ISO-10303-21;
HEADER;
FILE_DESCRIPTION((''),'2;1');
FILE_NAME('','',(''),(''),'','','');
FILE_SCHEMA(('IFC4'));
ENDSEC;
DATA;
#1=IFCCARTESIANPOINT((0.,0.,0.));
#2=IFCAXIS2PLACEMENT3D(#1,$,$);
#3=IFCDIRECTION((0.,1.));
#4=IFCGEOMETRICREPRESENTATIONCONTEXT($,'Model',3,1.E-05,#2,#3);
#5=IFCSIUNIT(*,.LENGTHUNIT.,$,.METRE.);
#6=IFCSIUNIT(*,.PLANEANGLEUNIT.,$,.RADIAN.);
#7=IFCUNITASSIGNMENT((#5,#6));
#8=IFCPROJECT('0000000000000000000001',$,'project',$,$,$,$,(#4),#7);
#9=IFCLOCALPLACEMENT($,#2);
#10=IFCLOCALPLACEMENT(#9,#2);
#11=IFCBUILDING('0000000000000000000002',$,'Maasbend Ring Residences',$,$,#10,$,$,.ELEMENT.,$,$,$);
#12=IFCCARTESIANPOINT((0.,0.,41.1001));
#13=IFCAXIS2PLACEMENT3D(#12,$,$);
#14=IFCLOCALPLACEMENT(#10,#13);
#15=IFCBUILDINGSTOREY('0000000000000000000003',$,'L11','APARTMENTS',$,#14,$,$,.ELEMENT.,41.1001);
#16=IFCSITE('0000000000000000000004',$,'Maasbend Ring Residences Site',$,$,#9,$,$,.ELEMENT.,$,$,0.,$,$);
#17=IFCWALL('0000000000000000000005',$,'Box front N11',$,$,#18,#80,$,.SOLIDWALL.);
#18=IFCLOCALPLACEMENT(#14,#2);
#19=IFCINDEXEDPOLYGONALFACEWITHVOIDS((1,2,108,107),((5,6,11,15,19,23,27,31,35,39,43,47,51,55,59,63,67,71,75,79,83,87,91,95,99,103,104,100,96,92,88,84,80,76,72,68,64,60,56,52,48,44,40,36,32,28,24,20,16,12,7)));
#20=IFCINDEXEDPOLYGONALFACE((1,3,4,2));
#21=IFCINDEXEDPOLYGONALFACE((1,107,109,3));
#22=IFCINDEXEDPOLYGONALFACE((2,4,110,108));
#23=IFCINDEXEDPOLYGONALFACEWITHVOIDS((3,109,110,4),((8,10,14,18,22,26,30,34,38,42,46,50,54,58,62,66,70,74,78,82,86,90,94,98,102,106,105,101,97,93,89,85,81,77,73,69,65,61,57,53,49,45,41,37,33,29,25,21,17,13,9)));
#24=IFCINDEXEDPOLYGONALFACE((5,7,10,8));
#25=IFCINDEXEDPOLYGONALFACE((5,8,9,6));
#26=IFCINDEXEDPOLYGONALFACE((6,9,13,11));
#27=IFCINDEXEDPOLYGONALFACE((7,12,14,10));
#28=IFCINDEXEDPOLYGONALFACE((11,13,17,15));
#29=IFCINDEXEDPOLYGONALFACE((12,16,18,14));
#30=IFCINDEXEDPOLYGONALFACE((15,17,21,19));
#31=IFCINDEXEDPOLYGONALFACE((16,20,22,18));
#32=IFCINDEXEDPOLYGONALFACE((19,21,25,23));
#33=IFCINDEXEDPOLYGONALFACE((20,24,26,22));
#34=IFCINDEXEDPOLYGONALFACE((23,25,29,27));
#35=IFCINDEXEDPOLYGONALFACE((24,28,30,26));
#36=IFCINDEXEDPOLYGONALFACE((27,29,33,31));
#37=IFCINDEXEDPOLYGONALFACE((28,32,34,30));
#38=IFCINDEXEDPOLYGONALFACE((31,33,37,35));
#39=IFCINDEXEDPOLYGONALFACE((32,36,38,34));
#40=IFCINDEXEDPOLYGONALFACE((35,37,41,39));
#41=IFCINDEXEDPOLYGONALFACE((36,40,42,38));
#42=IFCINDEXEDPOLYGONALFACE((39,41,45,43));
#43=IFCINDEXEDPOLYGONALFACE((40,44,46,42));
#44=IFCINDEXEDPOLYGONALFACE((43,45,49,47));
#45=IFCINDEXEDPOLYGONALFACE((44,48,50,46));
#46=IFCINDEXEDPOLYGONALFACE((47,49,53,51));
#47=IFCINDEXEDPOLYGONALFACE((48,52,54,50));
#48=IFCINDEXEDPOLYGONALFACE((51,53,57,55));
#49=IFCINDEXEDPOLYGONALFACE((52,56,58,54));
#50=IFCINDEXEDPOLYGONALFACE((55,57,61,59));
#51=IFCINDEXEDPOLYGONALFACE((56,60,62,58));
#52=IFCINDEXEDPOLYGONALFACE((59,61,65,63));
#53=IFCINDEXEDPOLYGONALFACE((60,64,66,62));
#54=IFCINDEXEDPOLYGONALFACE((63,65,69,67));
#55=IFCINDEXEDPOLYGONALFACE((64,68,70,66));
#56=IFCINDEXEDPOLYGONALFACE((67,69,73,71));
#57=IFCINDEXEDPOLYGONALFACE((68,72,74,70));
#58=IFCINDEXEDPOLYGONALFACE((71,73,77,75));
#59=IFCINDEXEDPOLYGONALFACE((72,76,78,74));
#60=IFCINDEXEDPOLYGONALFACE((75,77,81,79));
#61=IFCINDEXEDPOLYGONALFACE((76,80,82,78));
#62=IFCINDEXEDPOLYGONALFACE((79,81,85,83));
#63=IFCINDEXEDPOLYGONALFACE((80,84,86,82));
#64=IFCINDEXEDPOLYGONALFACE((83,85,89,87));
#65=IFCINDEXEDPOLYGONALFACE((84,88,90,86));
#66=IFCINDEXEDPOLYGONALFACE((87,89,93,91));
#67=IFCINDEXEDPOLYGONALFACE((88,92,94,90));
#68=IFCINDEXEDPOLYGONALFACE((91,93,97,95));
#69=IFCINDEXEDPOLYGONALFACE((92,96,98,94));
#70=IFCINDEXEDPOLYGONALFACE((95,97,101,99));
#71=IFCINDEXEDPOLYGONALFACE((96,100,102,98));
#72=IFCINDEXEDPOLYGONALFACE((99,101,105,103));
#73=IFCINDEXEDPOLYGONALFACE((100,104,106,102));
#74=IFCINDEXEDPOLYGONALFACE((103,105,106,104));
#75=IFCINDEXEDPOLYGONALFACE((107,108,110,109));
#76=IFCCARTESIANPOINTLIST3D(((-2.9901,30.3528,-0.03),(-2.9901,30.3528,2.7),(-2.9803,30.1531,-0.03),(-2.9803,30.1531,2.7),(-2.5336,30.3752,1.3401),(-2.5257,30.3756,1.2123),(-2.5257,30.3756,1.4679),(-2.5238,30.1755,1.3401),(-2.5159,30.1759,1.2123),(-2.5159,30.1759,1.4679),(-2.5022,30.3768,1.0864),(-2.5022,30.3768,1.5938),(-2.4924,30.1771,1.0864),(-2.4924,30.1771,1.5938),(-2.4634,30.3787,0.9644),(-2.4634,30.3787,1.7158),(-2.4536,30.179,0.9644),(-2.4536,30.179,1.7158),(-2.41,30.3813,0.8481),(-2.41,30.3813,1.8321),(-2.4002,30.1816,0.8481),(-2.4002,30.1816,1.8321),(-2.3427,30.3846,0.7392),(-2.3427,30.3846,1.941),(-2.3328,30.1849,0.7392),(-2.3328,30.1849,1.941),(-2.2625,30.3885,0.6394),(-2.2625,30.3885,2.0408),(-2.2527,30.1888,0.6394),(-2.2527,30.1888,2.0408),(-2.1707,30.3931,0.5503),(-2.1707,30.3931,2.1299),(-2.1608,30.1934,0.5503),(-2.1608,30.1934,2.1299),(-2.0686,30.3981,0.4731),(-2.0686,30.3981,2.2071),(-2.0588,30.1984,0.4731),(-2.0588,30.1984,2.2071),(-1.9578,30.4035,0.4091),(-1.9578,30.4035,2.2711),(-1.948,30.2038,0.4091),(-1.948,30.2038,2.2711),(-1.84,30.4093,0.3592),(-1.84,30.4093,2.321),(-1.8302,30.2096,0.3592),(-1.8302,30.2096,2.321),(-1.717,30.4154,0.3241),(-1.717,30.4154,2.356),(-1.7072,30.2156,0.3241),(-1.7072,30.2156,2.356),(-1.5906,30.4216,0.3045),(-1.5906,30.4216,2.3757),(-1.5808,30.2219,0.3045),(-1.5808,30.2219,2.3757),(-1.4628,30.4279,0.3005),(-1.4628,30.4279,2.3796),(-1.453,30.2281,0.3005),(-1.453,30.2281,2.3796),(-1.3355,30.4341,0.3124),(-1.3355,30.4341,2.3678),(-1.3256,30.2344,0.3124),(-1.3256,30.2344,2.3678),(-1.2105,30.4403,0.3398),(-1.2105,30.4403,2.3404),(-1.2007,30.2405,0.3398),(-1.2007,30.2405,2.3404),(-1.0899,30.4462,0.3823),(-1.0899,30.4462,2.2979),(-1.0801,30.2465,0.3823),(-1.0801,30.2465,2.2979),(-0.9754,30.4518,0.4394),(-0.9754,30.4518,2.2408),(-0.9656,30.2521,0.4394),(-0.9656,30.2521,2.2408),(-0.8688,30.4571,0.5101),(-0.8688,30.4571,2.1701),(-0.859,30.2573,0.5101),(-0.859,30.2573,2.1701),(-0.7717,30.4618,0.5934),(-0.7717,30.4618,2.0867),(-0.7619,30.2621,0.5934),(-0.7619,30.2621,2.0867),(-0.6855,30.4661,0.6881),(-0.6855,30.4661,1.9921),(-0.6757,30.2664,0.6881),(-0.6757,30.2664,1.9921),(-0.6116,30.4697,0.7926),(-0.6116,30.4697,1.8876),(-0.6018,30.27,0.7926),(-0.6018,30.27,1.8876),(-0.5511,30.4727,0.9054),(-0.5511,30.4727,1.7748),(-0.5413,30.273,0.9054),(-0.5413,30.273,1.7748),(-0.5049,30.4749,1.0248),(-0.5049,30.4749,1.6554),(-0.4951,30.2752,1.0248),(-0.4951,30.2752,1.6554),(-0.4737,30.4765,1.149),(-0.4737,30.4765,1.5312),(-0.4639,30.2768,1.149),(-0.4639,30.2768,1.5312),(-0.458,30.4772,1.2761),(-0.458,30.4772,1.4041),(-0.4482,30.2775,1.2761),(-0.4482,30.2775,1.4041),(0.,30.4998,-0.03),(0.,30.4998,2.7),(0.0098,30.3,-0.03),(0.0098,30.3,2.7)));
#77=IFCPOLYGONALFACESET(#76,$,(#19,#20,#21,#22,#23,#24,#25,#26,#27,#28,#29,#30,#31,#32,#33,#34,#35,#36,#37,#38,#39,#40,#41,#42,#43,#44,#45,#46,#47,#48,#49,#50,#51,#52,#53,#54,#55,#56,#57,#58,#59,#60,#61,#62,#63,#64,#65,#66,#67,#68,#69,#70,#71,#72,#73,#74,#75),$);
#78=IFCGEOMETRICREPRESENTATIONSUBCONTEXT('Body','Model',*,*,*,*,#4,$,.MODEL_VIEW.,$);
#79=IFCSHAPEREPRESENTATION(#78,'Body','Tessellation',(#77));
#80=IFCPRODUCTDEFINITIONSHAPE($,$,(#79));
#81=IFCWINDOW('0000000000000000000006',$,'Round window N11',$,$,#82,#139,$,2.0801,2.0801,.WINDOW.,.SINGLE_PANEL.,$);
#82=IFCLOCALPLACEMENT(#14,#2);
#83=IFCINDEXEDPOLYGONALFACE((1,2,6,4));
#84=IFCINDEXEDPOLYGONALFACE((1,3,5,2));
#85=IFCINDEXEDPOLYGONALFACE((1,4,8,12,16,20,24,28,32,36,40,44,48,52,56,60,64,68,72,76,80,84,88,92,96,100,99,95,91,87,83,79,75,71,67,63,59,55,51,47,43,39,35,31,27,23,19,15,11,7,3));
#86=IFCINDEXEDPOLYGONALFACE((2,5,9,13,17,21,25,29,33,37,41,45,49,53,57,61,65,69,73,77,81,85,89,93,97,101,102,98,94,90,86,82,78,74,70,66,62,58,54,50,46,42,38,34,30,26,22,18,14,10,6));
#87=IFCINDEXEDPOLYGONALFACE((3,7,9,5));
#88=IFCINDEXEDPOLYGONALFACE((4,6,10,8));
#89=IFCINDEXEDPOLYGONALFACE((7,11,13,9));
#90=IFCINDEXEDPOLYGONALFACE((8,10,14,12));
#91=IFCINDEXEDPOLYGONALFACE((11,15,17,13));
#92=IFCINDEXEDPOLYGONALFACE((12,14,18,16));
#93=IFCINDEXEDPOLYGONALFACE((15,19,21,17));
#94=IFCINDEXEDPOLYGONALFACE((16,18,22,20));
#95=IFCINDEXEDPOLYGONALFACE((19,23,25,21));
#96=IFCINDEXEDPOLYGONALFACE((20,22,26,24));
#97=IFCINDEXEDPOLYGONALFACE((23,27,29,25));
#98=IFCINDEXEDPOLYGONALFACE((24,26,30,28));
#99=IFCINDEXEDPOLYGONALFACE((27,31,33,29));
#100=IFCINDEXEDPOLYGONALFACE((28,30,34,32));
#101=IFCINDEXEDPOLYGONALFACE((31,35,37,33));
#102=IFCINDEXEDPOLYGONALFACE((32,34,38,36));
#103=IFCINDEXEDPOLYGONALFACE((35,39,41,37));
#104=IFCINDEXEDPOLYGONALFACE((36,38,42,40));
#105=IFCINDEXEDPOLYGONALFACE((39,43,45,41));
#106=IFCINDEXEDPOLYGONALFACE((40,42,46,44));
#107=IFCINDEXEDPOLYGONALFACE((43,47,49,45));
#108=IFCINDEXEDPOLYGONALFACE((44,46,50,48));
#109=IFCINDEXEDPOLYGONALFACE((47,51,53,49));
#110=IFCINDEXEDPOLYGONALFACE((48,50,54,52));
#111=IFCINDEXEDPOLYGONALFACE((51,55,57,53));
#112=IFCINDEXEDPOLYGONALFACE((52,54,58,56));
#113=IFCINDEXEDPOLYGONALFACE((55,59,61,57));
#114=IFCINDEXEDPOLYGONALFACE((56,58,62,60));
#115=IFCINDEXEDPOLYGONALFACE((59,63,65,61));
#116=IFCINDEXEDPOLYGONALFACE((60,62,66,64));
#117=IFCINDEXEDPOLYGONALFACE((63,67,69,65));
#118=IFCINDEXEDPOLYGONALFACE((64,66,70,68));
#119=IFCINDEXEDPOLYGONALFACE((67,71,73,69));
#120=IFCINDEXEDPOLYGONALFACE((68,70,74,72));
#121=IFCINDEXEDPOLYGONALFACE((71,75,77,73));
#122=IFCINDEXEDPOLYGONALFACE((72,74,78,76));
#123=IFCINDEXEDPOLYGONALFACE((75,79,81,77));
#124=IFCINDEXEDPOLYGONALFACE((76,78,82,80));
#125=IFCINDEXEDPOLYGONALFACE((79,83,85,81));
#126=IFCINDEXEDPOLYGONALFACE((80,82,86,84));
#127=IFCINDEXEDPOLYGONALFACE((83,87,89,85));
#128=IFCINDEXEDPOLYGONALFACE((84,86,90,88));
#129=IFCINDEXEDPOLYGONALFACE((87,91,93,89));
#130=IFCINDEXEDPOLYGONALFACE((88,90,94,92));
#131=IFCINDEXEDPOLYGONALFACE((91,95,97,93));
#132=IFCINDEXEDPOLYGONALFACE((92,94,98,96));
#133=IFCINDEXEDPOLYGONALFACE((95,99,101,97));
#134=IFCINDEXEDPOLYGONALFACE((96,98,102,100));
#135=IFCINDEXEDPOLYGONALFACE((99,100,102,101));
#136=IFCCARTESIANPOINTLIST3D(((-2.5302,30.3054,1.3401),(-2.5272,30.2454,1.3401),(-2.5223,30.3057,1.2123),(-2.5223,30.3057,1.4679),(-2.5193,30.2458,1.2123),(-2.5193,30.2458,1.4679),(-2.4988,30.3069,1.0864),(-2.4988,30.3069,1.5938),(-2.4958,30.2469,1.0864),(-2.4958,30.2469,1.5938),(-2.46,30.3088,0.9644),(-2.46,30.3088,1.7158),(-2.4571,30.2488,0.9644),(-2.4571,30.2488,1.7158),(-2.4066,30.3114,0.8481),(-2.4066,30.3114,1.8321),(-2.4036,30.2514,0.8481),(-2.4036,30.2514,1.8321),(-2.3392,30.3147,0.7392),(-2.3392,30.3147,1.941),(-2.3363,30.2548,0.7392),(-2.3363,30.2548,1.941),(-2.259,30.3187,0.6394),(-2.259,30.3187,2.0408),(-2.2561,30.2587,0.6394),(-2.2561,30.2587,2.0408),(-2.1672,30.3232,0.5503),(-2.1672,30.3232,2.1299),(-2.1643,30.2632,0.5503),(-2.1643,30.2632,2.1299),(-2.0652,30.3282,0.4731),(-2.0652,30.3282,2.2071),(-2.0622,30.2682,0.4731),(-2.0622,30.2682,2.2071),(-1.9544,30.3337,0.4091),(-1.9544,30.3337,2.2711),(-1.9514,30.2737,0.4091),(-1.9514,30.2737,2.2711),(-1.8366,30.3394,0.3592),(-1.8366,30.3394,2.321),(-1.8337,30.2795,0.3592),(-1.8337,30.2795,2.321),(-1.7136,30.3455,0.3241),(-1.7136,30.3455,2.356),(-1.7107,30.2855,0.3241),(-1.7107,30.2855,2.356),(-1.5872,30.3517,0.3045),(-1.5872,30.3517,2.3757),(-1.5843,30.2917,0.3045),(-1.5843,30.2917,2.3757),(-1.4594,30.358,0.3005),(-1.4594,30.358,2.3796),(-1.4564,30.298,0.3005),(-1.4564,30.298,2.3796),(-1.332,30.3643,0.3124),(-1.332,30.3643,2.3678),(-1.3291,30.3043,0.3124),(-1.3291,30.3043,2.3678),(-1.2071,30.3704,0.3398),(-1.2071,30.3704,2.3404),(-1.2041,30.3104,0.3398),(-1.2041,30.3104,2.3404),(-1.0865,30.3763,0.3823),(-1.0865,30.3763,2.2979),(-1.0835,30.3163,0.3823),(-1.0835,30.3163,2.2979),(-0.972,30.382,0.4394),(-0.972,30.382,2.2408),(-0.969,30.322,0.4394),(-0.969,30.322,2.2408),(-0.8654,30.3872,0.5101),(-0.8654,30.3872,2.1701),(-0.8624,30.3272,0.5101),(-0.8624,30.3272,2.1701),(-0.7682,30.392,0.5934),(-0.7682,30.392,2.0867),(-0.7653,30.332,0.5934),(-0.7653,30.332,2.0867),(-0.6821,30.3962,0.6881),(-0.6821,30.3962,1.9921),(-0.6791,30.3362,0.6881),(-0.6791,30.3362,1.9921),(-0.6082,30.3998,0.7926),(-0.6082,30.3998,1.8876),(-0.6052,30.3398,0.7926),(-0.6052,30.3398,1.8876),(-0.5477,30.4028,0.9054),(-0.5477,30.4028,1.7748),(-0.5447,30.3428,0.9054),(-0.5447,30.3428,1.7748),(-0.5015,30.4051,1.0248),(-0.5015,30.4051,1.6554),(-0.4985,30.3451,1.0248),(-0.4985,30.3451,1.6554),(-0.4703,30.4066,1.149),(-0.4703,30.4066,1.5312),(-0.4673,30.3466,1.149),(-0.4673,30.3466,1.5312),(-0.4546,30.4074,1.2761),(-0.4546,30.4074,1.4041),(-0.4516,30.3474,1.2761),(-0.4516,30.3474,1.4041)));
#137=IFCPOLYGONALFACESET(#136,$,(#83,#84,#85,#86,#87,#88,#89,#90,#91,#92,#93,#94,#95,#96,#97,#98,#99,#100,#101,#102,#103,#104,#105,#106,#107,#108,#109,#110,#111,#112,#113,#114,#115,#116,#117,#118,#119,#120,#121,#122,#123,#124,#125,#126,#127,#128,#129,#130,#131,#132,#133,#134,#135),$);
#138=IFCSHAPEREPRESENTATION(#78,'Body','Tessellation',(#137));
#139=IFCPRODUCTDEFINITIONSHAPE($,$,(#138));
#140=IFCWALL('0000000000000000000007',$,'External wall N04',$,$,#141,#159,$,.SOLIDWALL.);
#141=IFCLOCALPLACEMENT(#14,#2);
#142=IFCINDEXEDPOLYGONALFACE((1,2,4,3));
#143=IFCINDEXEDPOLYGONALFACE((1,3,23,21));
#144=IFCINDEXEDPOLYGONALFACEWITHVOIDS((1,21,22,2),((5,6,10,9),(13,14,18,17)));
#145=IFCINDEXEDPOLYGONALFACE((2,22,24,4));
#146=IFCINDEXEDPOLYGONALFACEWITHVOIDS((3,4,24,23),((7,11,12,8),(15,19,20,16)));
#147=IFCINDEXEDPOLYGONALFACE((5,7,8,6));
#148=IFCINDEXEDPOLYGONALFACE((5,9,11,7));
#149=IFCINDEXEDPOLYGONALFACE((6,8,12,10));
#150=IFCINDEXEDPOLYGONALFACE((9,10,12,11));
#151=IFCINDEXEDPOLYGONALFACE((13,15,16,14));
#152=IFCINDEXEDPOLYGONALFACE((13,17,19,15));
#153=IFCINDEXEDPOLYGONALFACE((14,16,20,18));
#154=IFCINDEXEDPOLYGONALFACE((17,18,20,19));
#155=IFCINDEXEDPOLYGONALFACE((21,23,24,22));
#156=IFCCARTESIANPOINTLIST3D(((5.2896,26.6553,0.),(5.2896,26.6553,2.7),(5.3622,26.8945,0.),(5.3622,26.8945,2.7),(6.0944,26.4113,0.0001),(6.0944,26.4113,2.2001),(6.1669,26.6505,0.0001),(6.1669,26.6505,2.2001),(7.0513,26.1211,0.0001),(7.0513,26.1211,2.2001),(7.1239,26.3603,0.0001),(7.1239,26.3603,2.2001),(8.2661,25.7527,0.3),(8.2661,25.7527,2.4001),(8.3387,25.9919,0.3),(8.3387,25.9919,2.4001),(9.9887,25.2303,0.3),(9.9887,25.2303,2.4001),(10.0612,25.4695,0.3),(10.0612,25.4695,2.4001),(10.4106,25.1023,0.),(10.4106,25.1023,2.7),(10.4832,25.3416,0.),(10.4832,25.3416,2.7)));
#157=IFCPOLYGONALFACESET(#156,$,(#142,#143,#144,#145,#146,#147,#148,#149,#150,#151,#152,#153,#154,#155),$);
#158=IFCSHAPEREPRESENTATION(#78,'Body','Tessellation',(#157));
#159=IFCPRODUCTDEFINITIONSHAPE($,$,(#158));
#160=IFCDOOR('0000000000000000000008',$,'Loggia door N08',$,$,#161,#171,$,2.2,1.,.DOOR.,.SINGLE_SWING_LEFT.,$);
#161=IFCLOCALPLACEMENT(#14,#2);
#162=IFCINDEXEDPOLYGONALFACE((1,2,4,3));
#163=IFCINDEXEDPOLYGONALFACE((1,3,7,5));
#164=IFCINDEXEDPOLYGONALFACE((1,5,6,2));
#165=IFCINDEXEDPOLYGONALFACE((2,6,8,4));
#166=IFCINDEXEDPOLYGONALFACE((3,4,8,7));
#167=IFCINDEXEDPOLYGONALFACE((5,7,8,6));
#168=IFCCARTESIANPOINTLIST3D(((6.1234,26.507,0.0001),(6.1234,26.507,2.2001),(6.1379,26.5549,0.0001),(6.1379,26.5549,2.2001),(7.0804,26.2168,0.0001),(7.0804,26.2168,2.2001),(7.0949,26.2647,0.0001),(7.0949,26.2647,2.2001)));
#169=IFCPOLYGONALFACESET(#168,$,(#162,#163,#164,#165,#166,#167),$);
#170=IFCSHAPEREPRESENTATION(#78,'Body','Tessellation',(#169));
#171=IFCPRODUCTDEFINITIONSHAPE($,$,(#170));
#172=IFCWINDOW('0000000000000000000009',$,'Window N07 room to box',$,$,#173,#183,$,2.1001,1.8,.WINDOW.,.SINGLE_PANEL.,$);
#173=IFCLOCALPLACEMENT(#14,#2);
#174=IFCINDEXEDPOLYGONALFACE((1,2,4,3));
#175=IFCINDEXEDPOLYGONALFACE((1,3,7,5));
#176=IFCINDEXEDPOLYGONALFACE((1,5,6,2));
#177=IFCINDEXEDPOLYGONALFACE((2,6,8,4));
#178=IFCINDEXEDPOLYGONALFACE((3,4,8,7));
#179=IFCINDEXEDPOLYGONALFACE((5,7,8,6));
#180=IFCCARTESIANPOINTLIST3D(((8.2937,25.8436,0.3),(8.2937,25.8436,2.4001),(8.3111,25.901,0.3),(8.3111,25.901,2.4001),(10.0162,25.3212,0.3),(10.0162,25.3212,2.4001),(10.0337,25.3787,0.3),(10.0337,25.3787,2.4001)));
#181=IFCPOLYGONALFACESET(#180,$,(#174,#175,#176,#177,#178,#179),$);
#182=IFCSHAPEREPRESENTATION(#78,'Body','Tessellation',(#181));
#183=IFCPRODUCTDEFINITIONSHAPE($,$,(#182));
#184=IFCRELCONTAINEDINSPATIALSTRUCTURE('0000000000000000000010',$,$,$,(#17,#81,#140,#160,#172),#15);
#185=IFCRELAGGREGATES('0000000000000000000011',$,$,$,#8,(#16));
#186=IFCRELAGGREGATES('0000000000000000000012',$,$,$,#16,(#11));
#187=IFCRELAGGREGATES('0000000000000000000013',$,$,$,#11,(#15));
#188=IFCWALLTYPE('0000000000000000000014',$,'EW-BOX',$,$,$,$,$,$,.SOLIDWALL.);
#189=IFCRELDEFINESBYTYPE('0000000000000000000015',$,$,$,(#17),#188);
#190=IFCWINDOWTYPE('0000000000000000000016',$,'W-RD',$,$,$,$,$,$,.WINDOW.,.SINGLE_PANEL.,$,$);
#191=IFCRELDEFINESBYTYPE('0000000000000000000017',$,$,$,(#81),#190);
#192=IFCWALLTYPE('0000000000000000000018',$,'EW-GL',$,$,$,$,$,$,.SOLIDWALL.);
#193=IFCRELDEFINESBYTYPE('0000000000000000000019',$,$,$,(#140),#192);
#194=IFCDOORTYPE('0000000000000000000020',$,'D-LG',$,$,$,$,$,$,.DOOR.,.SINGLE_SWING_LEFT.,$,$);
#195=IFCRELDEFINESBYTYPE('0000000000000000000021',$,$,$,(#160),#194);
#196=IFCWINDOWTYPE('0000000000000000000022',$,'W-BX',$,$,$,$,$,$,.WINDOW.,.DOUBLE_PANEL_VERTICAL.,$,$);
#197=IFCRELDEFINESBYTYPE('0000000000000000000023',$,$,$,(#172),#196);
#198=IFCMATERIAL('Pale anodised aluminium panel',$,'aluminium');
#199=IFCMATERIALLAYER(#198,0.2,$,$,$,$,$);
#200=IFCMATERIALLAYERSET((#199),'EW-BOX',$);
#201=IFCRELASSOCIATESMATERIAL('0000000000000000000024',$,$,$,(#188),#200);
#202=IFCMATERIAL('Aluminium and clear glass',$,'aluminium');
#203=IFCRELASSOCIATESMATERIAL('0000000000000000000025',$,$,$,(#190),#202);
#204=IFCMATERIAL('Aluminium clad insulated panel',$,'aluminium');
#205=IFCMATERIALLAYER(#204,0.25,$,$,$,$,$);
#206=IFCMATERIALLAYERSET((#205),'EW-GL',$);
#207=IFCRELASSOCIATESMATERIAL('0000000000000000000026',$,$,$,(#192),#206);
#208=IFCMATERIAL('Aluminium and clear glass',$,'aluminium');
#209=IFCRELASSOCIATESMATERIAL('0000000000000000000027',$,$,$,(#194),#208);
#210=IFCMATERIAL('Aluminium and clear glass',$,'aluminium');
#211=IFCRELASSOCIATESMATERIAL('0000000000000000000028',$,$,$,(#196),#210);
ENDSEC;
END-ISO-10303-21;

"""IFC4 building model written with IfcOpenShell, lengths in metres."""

from ifc_helpers import new_model, si_unit, direction, frame, frame_2d, origin, place, context, subcontext, project, spatial, rectangle, circle, extrude, material, layer, layer_set, type_object, element, fill, save


model = new_model("IFC4")

# Units and contexts
model_context = context("Model", 3, precision=1e-05, world=origin(), true_north=direction((0.0, 1.0)))
body_context = subcontext(model_context, "Body", "Model", "MODEL_VIEW")
ifc_project = project(units=[si_unit("LENGTHUNIT", "METRE"), si_unit("PLANEANGLEUNIT", "RADIAN")], contexts=[model_context])

# Site, building, storey
site_placement = place(None, origin())
site = spatial("IfcSite", under=ifc_project, at=site_placement, Name="Maasbend Ring Residences Site", CompositionType="ELEMENT", RefElevation=0.0)
building_placement = place(site_placement, origin())
building = spatial("IfcBuilding", under=site, at=building_placement, Name="Maasbend Ring Residences", CompositionType="ELEMENT")
storey_placement = place(building_placement, frame((0.0, 0.0, 41.1001)))
storey = spatial("IfcBuildingStorey", under=building, at=storey_placement, Name="L11", Description="APARTMENTS", CompositionType="ELEMENT", Elevation=41.1001)

# Shared definitions
ifc_material_1 = material(Name="Pale anodised aluminium panel", Category="aluminium")
ifc_layer_1 = layer(ifc_material_1, 0.2)
ifc_layer_set_1 = layer_set([ifc_layer_1], Name="EW-BOX")
wall_type_1 = type_object("IfcWallType", Name="EW-BOX", PredefinedType="SOLIDWALL", material=ifc_layer_set_1)

# Shared definitions
ifc_material_2 = material(Name="Aluminium and clear glass", Category="aluminium")
window_type_1 = type_object("IfcWindowType", Name="W-RD", PartitioningType="SINGLE_PANEL", PredefinedType="WINDOW", material=ifc_material_2)

# Wall, opening, window
wall_1_placement = place(storey_placement, frame((0.0049, 30.3999, -0.03), z_axis=(0.0, 0.0, 1.0), x_axis=(-0.998794, -0.049096, 0.0)))
wall_1 = element("IfcWall", 1, at=wall_1_placement, inside=storey, type_object=wall_type_1, Name="Box front N11", PredefinedType="SOLIDWALL", context=body_context, shape_type="SweptSolid", body=[
    extrude(rectangle(XDim=2.9937, YDim=0.2, at=frame_2d((1.4968, 0.0))), origin(), (0.0, 0.0, 1.0), 2.73),
])
opening_1_placement = place(wall_1_placement, frame((0.4565, 0.0, 0.3301)))
opening_1 = element("IfcOpeningElement", 2, at=opening_1_placement, cuts=wall_1, PredefinedType="OPENING", context=body_context, shape_type="SweptSolid", body=[
    extrude(circle(Radius=1.04, at=frame_2d((1.04, 1.04))), frame((0.0, 0.1099, 0.0), z_axis=(0.0, -1.0, 0.0), x_axis=(1.0, 0.0, 0.0)), (0.0, 0.0, 1.0), 0.22),
])
window_1_placement = place(opening_1_placement, origin())
window_1 = element("IfcWindow", 3, at=window_1_placement, inside=storey, type_object=window_type_1, Name="Round window N11", OverallHeight=2.0801, OverallWidth=2.0801, PartitioningType="SINGLE_PANEL", PredefinedType="WINDOW", context=body_context, shape_type="SweptSolid", body=[
    extrude(circle(Radius=1.04, at=frame_2d((1.04, 1.04))), frame((0.0, 0.03, 0.0), z_axis=(0.0, -1.0, 0.0), x_axis=(1.0, 0.0, 0.0)), (0.0, 0.0, 1.0), 0.0601),
])
fill(opening_1, window_1)

# Wall, openings, door, window
ifc_material_3 = material(Name="Aluminium clad insulated panel", Category="aluminium")
ifc_layer_2 = layer(ifc_material_3, 0.25)
ifc_layer_set_2 = layer_set([ifc_layer_2], Name="EW-GL")
wall_type_2 = type_object("IfcWallType", Name="EW-GL", PredefinedType="SOLIDWALL", material=ifc_layer_set_2)
wall_2_placement = place(storey_placement, frame((10.447, 25.2219, 0.0), z_axis=(0.0, 0.0, 1.0), x_axis=(-0.956966, 0.290201, 0.0)))
wall_2 = element("IfcWall", 4, at=wall_2_placement, inside=storey, type_object=wall_type_2, Name="External wall N04", PredefinedType="SOLIDWALL", context=body_context, shape_type="SweptSolid", body=[
    extrude(rectangle(XDim=5.3513, YDim=0.25, at=frame_2d((2.6758, 0.0))), origin(), (0.0, 0.0, 1.0), 2.7),
])
opening_2_placement = place(wall_2_placement, frame((0.4412, 0.0, 0.3)))
opening_2 = element("IfcOpeningElement", 5, at=opening_2_placement, cuts=wall_2, PredefinedType="OPENING", context=body_context, shape_type="SweptSolid", body=[
    extrude(rectangle(XDim=1.8, YDim=2.1001, at=frame_2d((0.8999, 1.05))), frame((0.0, 0.135, 0.0), z_axis=(0.0, -1.0, 0.0), x_axis=(1.0, 0.0, 0.0)), (0.0, 0.0, 1.0), 0.27),
])
opening_3_placement = place(wall_2_placement, frame((3.5105, 0.0, 0.0)))
opening_3 = element("IfcOpeningElement", 6, at=opening_3_placement, cuts=wall_2, PredefinedType="OPENING", context=body_context, shape_type="SweptSolid", body=[
    extrude(rectangle(XDim=1.0, YDim=2.2, at=frame_2d((0.5, 1.1001))), frame((0.0, 0.135, 0.0), z_axis=(0.0, -1.0, 0.0), x_axis=(1.0, 0.0, 0.0)), (0.0, 0.0, 1.0), 0.27),
])
ifc_material_4 = material(Name="Aluminium and clear glass", Category="aluminium")
door_type_1 = type_object("IfcDoorType", Name="D-LG", OperationType="SINGLE_SWING_LEFT", PredefinedType="DOOR", material=ifc_material_4)
door_1_placement = place(opening_3_placement, origin())
door_1 = element("IfcDoor", 7, at=door_1_placement, inside=storey, type_object=door_type_1, Name="Loggia door N08", OperationType="SINGLE_SWING_LEFT", OverallHeight=2.2, OverallWidth=1.0, PredefinedType="DOOR", context=body_context, shape_type="SweptSolid", body=[
    extrude(rectangle(XDim=1.0, YDim=2.2, at=frame_2d((0.5, 1.1001))), frame((0.0, 0.0249, 0.0), z_axis=(0.0, -1.0, 0.0), x_axis=(1.0, 0.0, 0.0)), (0.0, 0.0, 1.0), 0.05),
])
fill(opening_3, door_1)
ifc_material_5 = material(Name="Aluminium and clear glass", Category="aluminium")
window_type_2 = type_object("IfcWindowType", Name="W-BX", PartitioningType="DOUBLE_PANEL_VERTICAL", PredefinedType="WINDOW", material=ifc_material_5)
window_2_placement = place(opening_2_placement, origin())
window_2 = element("IfcWindow", 8, at=window_2_placement, inside=storey, type_object=window_type_2, Name="Window N07 room to box", OverallHeight=2.1001, OverallWidth=1.8, PartitioningType="SINGLE_PANEL", PredefinedType="WINDOW", context=body_context, shape_type="SweptSolid", body=[
    extrude(rectangle(XDim=1.8, YDim=2.1001, at=frame_2d((0.8999, 1.05))), frame((0.0, 0.03, 0.0), z_axis=(0.0, -1.0, 0.0), x_axis=(1.0, 0.0, 0.0)), (0.0, 0.0, 1.0), 0.0601),
])
fill(opening_2, window_2)

save(model, "model.ifc")
